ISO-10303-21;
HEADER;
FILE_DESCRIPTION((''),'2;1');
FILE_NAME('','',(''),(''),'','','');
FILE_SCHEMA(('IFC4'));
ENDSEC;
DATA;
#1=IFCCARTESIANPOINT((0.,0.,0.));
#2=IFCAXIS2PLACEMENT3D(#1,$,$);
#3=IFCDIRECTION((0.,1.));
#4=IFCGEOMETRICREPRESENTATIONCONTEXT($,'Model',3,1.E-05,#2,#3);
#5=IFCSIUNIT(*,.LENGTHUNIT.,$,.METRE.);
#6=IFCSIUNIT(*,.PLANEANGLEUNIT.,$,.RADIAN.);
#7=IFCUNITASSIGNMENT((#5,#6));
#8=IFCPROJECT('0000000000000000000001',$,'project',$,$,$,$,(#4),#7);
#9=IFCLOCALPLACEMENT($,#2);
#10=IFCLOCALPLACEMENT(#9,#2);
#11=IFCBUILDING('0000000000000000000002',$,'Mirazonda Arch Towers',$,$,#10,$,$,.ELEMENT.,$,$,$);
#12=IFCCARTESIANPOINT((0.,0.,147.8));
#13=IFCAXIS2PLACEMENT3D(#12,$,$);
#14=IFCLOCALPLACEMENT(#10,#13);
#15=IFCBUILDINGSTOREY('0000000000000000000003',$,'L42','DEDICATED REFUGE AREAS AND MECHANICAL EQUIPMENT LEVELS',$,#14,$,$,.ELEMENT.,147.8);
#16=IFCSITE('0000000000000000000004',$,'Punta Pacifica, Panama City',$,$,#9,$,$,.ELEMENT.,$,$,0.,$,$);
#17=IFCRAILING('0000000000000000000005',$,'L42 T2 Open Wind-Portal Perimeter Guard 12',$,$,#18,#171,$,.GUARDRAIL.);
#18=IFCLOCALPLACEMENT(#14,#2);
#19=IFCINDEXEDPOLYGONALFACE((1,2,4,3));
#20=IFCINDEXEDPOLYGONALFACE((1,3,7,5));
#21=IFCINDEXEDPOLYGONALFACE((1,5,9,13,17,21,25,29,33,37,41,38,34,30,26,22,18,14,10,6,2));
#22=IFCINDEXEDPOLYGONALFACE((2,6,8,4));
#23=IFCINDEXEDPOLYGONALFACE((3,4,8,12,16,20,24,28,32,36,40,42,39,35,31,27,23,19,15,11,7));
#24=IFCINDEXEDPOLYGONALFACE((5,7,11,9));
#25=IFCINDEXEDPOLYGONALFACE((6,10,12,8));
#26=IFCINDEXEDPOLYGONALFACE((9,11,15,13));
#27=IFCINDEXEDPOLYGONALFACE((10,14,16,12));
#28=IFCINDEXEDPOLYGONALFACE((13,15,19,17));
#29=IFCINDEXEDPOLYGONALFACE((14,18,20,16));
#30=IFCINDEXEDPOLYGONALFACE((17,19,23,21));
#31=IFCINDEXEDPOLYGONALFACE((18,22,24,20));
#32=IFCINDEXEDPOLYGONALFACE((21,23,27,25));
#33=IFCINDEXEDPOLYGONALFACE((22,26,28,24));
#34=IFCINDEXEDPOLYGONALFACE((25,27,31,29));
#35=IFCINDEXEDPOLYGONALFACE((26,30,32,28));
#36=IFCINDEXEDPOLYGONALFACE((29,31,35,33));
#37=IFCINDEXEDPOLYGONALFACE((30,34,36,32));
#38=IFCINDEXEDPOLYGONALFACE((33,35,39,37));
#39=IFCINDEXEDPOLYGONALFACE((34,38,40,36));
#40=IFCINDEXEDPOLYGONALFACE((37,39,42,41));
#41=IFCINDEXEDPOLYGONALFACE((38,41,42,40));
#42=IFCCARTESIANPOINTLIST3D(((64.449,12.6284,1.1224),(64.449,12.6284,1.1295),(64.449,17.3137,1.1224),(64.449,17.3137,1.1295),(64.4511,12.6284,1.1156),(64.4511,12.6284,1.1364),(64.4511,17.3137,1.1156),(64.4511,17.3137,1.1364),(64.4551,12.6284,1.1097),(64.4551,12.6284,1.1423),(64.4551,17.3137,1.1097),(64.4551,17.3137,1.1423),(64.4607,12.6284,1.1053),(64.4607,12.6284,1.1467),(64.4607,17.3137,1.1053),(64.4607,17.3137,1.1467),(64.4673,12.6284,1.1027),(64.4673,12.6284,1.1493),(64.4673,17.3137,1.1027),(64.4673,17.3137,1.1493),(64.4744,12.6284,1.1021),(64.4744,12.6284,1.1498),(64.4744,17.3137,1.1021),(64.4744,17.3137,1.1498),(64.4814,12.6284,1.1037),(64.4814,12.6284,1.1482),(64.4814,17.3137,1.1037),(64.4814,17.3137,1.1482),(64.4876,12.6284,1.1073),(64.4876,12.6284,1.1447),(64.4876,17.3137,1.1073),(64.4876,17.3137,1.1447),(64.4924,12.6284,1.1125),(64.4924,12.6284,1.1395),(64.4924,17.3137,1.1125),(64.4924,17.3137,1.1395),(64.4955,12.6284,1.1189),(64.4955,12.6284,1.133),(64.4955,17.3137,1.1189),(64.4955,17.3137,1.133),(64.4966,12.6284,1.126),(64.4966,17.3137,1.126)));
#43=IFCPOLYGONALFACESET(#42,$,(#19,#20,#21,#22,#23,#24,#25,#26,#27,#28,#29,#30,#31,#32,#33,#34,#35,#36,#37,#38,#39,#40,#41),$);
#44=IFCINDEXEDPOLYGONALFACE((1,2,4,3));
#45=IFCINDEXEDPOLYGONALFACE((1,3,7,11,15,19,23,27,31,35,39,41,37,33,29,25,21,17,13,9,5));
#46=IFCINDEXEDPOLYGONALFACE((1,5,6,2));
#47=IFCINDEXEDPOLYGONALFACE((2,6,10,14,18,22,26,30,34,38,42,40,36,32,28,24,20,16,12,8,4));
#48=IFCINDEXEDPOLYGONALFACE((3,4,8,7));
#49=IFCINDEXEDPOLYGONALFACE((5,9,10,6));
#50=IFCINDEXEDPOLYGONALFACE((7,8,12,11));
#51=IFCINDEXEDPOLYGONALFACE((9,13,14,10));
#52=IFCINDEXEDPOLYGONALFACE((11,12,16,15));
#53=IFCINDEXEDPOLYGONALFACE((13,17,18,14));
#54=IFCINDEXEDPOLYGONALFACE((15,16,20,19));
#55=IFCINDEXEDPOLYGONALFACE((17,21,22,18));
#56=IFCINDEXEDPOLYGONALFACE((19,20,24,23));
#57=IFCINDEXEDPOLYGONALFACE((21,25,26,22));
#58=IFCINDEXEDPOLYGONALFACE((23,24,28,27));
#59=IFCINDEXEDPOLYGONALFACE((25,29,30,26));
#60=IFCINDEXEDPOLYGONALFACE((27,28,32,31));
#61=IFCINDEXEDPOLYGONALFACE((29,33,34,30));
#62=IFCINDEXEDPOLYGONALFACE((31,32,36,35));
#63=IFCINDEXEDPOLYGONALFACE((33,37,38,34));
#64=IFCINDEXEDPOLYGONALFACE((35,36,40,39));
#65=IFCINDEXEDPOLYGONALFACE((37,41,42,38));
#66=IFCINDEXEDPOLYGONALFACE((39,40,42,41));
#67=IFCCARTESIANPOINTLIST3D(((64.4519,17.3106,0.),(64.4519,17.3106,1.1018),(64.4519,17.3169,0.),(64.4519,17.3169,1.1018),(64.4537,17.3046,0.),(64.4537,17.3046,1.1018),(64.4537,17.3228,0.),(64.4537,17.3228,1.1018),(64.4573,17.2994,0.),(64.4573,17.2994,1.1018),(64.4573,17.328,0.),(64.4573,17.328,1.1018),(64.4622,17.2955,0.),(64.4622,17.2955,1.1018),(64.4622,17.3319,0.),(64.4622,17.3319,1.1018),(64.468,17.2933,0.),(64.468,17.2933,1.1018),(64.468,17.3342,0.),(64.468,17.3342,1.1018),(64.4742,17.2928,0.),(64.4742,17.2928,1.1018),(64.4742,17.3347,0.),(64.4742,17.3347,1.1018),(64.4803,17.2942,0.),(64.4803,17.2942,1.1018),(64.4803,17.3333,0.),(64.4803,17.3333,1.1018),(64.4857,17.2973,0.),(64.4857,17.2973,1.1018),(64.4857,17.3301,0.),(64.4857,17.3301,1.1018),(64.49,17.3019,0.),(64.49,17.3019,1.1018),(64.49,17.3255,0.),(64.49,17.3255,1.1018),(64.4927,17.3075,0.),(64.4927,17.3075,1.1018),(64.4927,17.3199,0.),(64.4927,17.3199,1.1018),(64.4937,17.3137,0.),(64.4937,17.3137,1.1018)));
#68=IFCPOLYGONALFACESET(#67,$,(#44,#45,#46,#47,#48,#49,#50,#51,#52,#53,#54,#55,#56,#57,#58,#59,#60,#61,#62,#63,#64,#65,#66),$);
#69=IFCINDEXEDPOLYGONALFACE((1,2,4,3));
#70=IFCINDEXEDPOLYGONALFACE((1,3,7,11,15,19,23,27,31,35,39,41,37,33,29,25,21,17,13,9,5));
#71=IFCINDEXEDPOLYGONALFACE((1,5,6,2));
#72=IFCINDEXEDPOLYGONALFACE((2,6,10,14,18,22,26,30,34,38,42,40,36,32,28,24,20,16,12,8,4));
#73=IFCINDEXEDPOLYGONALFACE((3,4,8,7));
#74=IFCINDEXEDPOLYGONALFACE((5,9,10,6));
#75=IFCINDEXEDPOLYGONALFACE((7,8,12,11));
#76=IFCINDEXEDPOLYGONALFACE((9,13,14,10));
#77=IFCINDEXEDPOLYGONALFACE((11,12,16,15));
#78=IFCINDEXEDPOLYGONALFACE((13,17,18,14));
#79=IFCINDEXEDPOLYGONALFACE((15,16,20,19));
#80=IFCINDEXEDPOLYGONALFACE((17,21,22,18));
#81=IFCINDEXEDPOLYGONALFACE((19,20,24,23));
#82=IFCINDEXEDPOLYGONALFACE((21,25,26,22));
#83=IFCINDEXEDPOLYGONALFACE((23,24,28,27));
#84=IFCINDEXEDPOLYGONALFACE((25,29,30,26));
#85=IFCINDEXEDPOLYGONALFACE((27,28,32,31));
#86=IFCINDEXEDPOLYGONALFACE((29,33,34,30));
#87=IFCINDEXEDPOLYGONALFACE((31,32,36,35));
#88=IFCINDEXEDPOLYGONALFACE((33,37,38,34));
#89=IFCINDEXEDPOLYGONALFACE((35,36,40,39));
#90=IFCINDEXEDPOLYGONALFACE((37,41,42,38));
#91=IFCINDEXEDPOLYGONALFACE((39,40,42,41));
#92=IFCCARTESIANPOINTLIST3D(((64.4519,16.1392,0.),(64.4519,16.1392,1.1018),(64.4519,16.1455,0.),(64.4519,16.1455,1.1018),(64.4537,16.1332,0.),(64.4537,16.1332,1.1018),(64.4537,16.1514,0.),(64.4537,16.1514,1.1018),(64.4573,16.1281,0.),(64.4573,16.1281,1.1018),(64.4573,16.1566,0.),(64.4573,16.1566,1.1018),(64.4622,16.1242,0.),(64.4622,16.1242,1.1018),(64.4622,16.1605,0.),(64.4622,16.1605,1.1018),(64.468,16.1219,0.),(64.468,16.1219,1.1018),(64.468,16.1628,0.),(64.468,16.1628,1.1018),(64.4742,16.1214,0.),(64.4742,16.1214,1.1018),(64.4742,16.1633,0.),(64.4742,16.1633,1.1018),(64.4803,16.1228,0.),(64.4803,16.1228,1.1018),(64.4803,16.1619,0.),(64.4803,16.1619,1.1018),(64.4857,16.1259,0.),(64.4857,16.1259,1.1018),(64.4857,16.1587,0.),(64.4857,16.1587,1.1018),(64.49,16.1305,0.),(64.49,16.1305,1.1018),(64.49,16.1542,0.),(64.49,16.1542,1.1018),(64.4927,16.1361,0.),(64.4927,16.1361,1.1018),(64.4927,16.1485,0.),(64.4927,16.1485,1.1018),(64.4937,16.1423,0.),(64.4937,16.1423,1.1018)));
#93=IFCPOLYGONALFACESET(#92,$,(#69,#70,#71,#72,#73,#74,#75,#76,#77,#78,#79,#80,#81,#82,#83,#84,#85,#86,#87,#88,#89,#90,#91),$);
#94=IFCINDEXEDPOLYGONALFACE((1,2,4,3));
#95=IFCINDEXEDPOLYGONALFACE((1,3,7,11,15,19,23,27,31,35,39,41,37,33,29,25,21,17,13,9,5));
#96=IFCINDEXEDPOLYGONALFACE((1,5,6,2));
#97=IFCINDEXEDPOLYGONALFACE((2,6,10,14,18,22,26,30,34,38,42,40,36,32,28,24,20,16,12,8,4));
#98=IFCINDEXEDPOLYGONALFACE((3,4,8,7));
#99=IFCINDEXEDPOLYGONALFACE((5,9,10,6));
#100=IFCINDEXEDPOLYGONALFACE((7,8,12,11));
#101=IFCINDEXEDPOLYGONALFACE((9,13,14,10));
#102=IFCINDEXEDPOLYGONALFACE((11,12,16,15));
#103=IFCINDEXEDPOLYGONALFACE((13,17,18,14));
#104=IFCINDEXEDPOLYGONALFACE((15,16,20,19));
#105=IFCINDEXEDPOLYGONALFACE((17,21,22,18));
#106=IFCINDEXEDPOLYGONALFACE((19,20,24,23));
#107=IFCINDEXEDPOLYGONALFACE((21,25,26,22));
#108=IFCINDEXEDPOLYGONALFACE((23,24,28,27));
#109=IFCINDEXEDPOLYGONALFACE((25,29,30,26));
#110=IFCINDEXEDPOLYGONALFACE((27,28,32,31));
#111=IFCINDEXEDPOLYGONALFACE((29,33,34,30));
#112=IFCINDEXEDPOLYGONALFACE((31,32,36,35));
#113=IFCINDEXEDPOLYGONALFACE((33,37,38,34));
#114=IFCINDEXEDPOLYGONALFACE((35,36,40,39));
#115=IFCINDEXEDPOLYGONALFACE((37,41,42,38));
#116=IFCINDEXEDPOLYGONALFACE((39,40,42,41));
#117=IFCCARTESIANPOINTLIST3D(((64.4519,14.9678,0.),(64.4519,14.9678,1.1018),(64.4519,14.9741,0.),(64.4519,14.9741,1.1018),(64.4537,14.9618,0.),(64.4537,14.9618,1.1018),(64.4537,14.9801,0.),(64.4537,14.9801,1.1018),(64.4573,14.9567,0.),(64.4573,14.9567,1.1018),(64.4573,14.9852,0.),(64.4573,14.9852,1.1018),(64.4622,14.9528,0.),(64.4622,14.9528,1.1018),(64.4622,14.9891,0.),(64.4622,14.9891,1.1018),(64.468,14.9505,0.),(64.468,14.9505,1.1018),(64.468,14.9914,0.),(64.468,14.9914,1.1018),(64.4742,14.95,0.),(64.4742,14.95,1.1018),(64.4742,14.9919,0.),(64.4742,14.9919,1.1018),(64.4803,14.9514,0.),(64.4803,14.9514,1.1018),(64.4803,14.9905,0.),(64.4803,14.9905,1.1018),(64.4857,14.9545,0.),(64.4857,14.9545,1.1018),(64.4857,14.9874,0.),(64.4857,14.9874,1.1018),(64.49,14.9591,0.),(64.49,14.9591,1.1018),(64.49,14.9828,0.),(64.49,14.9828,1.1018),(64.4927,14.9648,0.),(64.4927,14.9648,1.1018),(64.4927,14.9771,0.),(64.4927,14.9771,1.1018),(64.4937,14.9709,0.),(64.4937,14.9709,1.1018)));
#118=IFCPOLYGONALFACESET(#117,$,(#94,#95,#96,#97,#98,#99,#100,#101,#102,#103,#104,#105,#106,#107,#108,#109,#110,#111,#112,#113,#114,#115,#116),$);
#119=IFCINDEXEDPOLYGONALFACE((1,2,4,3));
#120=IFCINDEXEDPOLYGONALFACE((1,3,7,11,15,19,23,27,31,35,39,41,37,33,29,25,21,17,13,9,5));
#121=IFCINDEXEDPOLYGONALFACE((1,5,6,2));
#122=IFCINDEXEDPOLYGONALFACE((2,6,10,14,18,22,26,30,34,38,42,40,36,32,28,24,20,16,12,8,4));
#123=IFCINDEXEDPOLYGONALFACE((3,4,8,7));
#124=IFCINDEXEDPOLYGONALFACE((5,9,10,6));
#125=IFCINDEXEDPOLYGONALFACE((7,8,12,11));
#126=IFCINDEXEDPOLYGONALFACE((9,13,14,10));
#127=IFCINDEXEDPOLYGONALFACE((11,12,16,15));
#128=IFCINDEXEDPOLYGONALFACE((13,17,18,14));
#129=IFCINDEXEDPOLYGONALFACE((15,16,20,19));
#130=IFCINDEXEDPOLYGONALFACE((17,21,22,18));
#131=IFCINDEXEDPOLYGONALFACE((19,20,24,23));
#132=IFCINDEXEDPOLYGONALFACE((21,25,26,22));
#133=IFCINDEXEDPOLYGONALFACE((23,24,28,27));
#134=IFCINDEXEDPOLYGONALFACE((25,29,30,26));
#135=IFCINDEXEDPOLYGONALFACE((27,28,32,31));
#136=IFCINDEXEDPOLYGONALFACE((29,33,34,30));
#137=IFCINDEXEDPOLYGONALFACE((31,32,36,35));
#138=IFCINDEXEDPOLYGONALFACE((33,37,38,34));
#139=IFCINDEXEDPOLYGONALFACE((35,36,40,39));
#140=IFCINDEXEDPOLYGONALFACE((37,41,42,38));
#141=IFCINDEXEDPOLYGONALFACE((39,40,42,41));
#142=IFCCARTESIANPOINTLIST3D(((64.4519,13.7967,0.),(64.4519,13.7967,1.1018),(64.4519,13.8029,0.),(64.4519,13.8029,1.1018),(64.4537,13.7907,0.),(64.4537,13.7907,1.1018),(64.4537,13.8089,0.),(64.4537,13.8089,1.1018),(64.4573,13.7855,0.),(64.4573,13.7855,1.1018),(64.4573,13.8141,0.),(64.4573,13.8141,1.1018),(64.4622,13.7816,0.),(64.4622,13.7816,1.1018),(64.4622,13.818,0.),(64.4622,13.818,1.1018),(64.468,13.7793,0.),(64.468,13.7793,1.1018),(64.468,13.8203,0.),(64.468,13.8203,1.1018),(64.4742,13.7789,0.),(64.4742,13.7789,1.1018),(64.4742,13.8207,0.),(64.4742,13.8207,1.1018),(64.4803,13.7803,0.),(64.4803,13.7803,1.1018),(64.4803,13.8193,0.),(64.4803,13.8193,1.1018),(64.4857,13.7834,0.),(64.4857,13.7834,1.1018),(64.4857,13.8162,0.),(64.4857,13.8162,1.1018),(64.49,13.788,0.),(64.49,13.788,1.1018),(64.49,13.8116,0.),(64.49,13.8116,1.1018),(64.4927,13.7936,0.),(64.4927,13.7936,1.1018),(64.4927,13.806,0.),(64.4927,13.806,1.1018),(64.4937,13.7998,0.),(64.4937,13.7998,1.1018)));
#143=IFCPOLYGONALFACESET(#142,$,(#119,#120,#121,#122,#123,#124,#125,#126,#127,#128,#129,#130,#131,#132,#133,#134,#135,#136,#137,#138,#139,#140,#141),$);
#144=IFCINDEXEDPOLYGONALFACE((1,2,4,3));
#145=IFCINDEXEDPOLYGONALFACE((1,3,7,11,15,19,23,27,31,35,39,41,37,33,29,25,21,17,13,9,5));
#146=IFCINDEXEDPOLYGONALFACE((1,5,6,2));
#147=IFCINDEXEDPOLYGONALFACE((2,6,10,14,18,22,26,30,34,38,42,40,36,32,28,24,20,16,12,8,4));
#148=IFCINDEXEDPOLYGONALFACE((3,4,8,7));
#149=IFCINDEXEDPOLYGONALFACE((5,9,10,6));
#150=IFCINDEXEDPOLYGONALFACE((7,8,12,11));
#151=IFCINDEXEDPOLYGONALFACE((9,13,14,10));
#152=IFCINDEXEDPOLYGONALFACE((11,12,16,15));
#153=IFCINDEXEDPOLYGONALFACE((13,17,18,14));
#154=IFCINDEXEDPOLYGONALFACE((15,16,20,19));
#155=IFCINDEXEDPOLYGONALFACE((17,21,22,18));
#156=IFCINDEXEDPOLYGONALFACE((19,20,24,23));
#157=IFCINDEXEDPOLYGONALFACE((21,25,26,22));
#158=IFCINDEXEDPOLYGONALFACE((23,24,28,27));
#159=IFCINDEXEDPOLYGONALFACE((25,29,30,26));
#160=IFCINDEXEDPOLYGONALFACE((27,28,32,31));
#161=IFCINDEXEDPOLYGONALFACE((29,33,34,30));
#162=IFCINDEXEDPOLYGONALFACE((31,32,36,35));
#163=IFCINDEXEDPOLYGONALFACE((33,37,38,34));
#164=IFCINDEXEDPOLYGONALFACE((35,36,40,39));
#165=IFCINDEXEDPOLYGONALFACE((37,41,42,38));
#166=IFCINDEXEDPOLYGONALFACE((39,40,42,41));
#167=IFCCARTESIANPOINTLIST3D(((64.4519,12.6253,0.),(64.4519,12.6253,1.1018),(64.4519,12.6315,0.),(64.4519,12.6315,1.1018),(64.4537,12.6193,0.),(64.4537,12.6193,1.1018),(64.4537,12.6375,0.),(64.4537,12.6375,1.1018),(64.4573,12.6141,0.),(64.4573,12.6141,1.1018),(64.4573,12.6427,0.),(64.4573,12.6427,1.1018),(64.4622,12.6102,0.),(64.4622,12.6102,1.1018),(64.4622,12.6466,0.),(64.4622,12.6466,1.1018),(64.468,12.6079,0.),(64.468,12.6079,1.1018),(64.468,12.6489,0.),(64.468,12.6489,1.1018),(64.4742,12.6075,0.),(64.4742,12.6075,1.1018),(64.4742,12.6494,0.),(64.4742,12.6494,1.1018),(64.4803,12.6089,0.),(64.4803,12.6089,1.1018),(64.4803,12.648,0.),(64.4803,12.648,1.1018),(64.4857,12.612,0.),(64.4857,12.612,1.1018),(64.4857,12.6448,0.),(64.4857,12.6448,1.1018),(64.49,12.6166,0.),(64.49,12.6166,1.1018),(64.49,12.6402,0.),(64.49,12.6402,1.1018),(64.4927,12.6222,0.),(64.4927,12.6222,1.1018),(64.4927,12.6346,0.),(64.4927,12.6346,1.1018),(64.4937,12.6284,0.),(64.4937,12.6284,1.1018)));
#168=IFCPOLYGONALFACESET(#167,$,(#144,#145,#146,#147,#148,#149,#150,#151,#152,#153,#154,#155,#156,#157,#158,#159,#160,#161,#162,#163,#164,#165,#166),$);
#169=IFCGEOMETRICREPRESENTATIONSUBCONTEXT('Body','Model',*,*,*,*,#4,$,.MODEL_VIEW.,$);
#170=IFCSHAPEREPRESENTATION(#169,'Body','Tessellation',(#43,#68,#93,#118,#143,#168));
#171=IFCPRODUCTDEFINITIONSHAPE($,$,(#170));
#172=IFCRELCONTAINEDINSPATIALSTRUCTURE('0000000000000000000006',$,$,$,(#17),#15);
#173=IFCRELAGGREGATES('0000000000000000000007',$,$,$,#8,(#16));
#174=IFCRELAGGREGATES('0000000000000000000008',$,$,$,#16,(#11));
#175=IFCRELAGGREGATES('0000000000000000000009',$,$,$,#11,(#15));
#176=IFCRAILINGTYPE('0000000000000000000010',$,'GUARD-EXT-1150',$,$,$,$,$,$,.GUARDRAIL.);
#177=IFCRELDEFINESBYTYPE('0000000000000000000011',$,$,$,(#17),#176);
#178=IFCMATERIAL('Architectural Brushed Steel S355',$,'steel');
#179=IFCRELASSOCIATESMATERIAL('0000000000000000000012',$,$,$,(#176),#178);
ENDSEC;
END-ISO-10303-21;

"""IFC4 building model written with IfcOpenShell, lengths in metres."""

from ifc_helpers import new_model, si_unit, direction, frame, origin, origin_2d, place, context, subcontext, project, spatial, circle, extrude, material, type_object, element, save


model = new_model("IFC4")

# Units and contexts
model_context = context("Model", 3, precision=1e-05, world=origin(), true_north=direction((0.0, 1.0)))
body_context = subcontext(model_context, "Body", "Model", "MODEL_VIEW")
ifc_project = project(units=[si_unit("LENGTHUNIT", "METRE"), si_unit("PLANEANGLEUNIT", "RADIAN")], contexts=[model_context])

# Site, building, storey
site_placement = place(None, origin())
site = spatial("IfcSite", under=ifc_project, at=site_placement, Name="Punta Pacifica, Panama City", CompositionType="ELEMENT", RefElevation=0.0)
building_placement = place(site_placement, origin())
building = spatial("IfcBuilding", under=site, at=building_placement, Name="Mirazonda Arch Towers", CompositionType="ELEMENT")
storey_placement = place(building_placement, frame((0.0, 0.0, 147.8)))
storey = spatial("IfcBuildingStorey", under=building, at=storey_placement, Name="L42", Description="DEDICATED REFUGE AREAS AND MECHANICAL EQUIPMENT LEVELS", CompositionType="ELEMENT", Elevation=147.8)

# Shared definitions
ifc_material_1 = material(Name="Architectural Brushed Steel S355", Category="steel")

# Railing
railing_type_1 = type_object("IfcRailingType", Name="GUARD-EXT-1150", PredefinedType="GUARDRAIL", material=ifc_material_1)
railing_1_placement = place(storey_placement, frame((64.4727, 17.3137, 0.0)))
element("IfcRailing", 1, at=railing_1_placement, inside=storey, type_object=railing_type_1, Name="L42 T2 Open Wind-Portal Perimeter Guard 12", PredefinedType="GUARDRAIL", context=body_context, shape_type="SweptSolid", body=[
    extrude(circle(Radius=0.0239, at=origin_2d()), frame((0.0, 0.0, 1.126), z_axis=(0.0, -1.0, 0.0), x_axis=(1.0, 0.0, 0.0)), (0.0, 0.0, 1.0), 4.6853),
    extrude(circle(Radius=0.021, at=origin_2d()), origin(), (0.0, 0.0, 1.0), 1.1018),
    extrude(circle(Radius=0.021, at=origin_2d()), frame((0.0, -1.1714, 0.0)), (0.0, 0.0, 1.0), 1.1018),
    extrude(circle(Radius=0.021, at=origin_2d()), frame((0.0, -2.3428, 0.0)), (0.0, 0.0, 1.0), 1.1018),
    extrude(circle(Radius=0.021, at=origin_2d()), frame((0.0, -3.5139, 0.0)), (0.0, 0.0, 1.0), 1.1018),
    extrude(circle(Radius=0.021, at=origin_2d()), frame((0.0, -4.6853, 0.0)), (0.0, 0.0, 1.0), 1.1018),
])

save(model, "model.ifc")
